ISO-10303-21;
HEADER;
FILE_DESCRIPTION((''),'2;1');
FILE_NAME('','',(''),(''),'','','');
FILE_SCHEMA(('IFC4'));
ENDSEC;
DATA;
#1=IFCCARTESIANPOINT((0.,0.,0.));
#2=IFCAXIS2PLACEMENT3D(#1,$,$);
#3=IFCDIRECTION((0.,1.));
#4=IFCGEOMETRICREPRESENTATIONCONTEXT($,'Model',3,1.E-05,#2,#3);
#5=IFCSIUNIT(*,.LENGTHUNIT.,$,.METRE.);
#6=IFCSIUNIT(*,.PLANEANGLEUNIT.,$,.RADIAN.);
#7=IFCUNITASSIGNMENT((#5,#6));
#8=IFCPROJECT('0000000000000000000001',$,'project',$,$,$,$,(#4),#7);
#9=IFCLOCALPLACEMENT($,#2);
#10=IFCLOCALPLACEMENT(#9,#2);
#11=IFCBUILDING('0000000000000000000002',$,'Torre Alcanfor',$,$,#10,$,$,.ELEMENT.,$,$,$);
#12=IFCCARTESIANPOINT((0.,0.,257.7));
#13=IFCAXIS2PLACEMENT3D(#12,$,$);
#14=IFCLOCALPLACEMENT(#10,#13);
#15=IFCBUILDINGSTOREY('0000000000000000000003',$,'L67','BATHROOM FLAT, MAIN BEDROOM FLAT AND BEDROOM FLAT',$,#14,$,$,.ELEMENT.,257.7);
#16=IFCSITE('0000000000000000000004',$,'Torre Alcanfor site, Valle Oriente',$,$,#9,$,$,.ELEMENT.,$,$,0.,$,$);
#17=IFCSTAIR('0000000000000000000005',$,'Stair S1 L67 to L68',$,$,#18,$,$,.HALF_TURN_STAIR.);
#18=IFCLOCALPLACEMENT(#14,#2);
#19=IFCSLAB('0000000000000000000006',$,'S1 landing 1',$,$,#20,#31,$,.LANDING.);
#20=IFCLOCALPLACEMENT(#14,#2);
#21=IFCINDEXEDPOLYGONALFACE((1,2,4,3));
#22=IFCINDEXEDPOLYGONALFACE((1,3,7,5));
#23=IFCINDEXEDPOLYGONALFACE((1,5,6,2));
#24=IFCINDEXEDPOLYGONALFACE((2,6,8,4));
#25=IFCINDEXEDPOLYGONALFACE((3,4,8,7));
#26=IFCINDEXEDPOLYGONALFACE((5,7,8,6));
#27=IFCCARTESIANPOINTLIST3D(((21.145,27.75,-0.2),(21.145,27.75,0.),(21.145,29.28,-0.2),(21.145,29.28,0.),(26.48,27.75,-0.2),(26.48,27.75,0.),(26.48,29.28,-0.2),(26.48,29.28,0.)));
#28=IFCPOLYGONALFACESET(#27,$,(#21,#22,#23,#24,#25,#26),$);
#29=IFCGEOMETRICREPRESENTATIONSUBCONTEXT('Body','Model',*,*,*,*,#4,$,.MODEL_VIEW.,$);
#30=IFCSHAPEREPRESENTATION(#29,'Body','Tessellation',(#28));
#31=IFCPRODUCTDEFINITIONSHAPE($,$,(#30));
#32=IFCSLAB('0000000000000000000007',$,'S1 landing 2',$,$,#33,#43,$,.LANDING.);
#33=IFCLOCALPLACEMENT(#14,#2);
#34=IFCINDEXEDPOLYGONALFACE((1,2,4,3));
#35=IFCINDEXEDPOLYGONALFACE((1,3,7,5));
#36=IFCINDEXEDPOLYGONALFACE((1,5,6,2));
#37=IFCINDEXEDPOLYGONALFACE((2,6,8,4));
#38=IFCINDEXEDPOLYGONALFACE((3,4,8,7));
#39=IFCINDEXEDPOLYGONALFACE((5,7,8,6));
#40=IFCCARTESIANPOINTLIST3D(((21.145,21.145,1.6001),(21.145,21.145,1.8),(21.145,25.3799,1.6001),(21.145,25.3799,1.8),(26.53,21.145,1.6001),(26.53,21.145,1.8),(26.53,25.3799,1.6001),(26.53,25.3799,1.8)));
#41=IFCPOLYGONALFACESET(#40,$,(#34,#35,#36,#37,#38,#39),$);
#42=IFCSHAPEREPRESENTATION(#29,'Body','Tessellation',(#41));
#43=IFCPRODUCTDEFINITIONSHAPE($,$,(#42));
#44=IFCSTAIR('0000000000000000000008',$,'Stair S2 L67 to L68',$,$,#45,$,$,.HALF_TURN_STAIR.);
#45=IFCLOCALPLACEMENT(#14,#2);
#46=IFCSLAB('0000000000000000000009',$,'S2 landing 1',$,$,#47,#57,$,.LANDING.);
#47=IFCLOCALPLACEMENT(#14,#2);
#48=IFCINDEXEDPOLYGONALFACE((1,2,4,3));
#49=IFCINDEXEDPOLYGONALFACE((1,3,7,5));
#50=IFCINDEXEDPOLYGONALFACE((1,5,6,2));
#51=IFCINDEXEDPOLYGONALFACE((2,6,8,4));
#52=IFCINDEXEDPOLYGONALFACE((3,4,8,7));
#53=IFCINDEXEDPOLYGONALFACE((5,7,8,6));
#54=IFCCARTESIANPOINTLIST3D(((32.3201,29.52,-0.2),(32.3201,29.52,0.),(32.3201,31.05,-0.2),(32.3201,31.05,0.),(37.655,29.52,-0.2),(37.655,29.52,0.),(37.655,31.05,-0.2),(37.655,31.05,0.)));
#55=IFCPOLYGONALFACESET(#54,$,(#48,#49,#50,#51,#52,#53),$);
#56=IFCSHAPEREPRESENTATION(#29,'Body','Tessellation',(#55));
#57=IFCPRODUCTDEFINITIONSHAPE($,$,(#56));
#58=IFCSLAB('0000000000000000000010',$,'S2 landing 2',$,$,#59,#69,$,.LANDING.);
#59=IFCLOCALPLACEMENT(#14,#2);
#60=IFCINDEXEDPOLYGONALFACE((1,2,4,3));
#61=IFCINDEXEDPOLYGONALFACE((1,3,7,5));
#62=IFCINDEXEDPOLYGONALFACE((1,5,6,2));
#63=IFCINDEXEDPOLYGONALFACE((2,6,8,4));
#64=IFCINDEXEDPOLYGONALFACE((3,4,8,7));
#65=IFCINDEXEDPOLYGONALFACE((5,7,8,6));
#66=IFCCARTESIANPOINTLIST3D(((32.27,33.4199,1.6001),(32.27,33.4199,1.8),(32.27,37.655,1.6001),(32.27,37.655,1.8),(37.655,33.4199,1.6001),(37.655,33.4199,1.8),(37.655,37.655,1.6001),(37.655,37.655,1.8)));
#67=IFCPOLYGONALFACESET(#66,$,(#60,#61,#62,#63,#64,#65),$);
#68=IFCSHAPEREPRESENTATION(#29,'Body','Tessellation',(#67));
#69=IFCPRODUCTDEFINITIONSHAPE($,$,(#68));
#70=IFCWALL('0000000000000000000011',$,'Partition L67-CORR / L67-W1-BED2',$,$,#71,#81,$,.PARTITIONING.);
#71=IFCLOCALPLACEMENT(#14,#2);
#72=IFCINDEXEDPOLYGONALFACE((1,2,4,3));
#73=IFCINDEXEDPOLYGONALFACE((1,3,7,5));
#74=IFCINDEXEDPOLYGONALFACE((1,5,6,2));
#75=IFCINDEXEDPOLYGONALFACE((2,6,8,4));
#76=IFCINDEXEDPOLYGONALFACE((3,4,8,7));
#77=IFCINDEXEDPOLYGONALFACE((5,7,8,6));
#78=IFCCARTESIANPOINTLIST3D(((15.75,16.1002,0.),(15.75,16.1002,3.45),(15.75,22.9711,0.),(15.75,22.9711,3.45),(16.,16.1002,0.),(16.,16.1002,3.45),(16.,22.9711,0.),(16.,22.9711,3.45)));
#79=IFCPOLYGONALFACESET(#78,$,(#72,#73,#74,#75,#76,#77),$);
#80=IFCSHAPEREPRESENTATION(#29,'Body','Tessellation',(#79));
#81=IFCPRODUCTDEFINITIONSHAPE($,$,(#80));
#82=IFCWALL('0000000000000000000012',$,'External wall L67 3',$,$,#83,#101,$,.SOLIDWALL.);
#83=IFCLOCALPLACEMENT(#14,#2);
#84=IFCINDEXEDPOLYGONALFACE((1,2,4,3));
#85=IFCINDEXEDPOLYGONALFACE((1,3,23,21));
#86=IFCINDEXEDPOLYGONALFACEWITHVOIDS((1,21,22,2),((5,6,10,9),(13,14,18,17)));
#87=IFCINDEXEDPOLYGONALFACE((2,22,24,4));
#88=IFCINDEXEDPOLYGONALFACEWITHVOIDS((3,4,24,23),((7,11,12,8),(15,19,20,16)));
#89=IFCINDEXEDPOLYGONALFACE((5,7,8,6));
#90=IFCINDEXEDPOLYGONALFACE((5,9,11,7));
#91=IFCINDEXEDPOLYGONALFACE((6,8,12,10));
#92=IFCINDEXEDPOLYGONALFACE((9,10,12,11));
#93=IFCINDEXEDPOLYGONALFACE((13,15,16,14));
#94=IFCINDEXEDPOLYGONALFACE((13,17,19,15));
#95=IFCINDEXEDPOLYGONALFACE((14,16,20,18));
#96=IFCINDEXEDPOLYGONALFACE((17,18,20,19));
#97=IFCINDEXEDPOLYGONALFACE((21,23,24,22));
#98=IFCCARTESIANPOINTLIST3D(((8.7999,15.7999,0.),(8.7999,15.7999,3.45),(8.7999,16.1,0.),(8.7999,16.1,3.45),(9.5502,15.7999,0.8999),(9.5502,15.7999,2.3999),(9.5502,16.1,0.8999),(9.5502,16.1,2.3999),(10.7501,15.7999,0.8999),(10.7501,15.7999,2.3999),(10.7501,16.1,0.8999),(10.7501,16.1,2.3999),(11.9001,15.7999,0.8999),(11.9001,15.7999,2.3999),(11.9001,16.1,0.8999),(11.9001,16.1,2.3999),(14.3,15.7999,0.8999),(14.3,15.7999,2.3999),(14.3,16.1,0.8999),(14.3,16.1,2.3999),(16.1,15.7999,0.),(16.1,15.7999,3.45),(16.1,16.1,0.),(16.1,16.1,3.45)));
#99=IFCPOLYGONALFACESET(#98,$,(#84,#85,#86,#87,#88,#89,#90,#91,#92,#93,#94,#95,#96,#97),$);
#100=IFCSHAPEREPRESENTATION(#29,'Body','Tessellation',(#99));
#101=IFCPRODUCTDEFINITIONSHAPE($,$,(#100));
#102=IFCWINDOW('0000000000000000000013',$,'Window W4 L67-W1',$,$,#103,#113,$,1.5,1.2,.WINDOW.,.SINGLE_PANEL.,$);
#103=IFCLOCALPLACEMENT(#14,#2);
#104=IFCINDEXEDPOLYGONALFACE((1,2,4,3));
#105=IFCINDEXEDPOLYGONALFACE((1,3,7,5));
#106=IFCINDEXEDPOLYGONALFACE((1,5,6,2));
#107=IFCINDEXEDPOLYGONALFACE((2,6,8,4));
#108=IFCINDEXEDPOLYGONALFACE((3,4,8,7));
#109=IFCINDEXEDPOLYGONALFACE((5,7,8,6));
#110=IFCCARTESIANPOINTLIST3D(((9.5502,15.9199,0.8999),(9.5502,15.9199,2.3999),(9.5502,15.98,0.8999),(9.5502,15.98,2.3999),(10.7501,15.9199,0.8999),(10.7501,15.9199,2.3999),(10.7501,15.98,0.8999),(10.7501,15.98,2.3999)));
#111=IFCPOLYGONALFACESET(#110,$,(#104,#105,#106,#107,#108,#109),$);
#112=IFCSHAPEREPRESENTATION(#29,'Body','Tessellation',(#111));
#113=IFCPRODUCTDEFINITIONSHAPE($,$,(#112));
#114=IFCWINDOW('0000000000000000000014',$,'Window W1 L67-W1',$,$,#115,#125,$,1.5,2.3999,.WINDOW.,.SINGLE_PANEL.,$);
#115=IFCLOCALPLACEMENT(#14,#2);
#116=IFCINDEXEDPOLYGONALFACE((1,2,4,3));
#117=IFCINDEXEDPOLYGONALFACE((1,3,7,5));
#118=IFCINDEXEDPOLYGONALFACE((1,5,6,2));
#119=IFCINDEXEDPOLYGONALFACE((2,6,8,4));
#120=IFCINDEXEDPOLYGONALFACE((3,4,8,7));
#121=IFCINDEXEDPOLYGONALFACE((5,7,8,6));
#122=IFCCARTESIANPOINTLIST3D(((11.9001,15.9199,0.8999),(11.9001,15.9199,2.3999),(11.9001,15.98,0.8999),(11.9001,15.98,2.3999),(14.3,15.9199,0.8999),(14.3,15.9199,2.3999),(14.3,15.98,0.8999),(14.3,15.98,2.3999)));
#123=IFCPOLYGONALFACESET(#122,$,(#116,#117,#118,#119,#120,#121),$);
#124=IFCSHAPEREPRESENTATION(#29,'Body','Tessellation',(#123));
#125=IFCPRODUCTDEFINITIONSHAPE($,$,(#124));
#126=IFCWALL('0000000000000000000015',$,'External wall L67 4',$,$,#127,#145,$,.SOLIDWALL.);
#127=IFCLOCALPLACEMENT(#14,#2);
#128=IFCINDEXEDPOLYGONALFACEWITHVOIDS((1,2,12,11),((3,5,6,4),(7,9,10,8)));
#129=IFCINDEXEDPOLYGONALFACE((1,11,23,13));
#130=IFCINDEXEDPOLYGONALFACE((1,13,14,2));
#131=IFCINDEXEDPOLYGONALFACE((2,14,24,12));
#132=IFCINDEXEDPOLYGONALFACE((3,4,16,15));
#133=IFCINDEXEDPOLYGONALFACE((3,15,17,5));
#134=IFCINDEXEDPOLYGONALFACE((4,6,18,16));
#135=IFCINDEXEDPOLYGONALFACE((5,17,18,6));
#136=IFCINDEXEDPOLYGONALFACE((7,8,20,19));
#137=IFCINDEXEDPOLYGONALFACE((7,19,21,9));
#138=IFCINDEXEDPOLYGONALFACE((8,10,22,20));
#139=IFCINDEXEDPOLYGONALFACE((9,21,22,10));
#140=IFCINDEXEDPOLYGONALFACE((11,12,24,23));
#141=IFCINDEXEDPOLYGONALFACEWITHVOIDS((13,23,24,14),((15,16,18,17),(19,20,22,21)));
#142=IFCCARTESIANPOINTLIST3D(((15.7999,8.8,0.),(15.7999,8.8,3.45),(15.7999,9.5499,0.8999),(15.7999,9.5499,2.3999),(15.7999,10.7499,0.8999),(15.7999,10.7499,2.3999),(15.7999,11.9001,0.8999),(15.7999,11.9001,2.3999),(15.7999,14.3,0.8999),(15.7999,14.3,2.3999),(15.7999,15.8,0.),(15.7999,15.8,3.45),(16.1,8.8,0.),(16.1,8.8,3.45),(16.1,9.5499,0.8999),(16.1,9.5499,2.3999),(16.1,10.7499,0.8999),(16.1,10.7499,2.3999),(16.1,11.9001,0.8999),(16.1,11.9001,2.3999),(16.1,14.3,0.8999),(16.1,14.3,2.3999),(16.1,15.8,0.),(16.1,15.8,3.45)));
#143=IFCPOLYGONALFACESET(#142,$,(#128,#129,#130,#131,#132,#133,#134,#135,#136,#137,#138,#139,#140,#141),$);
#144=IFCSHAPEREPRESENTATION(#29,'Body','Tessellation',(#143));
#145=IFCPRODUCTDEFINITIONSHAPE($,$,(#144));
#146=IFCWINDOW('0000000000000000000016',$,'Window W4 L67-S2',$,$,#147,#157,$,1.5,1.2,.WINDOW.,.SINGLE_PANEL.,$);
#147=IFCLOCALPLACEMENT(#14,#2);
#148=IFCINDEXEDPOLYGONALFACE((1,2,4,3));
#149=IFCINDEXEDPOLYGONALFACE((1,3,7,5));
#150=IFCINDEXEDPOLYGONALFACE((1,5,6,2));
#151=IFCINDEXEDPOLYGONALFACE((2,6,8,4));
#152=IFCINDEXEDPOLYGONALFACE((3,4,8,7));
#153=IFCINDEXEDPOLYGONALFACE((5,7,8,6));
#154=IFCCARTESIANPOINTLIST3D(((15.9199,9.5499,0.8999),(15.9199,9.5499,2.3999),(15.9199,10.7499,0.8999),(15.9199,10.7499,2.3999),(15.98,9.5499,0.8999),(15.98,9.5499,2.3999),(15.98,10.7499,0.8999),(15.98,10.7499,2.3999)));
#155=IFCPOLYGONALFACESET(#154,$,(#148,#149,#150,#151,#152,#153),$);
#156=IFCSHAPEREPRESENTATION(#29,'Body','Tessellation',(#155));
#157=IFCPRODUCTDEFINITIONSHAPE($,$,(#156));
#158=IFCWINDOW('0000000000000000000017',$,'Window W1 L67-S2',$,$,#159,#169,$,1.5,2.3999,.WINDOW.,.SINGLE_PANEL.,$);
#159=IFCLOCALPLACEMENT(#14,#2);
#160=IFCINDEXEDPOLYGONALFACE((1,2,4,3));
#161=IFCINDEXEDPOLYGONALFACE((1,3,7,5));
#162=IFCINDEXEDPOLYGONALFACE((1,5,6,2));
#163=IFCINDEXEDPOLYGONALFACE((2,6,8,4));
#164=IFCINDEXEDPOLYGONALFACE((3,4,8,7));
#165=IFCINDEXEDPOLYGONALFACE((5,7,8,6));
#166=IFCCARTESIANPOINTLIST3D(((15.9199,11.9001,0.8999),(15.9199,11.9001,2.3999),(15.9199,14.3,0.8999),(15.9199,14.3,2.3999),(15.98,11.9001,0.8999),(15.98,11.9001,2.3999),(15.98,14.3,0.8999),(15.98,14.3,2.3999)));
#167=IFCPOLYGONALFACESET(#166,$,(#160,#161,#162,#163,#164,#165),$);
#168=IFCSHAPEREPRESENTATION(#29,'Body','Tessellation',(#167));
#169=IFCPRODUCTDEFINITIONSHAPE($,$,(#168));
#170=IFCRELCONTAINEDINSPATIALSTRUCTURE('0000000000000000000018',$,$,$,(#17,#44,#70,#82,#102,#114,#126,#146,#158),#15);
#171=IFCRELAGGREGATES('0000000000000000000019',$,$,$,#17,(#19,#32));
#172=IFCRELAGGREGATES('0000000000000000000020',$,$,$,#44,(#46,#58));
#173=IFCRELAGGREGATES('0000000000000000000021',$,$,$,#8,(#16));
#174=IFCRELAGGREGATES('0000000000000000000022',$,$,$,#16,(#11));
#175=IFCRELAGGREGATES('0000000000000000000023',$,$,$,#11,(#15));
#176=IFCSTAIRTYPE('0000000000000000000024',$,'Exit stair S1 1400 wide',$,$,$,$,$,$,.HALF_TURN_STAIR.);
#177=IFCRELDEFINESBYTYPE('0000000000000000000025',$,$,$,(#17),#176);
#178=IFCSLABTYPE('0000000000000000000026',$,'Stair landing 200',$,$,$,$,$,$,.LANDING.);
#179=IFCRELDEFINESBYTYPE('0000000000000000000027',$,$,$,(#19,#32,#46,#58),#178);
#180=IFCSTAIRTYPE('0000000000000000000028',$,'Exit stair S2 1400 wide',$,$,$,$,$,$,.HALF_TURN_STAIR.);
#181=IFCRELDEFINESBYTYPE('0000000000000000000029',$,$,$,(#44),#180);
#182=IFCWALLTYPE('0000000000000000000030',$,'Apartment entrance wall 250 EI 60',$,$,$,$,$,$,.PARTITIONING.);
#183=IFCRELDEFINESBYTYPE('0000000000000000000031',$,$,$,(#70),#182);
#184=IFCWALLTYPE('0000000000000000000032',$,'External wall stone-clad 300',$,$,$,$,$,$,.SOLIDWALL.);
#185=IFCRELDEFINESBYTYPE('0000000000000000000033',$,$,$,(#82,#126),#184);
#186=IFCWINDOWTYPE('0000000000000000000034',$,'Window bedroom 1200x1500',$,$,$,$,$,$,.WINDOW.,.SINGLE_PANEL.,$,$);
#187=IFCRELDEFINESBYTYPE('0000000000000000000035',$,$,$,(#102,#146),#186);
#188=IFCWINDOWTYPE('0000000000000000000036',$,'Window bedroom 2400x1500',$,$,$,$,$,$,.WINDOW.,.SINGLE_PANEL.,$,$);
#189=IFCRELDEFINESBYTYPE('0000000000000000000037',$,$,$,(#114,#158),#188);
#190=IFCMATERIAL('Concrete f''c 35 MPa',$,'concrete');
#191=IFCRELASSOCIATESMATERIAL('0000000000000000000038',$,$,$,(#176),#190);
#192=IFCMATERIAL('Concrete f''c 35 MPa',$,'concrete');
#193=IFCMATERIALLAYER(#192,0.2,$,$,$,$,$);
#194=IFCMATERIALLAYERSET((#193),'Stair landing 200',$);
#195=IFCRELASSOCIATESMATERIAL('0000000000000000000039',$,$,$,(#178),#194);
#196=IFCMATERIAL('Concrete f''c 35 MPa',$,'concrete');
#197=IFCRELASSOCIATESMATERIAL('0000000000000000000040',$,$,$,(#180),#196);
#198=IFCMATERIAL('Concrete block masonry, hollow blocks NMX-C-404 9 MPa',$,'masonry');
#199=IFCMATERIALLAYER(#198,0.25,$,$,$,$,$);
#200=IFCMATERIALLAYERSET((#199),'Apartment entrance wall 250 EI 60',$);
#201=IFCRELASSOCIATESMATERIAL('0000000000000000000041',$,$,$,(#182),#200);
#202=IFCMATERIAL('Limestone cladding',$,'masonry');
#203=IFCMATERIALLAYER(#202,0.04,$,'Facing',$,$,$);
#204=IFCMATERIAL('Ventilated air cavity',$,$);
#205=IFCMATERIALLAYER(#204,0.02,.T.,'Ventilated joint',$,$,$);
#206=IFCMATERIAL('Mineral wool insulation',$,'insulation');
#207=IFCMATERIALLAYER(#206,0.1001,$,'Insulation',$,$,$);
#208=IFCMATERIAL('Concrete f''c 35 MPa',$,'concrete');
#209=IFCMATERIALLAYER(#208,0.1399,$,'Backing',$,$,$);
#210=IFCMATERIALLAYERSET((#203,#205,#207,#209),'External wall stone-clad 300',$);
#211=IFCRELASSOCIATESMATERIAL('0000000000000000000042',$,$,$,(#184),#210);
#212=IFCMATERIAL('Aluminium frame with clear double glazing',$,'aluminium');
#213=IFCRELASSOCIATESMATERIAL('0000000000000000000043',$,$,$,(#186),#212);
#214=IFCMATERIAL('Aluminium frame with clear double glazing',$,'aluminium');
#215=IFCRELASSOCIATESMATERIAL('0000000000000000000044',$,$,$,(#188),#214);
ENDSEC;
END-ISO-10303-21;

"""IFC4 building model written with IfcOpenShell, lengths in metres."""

from ifc_helpers import new_model, si_unit, direction, frame, frame_2d, origin, place, context, subcontext, project, spatial, polyline, rectangle, outline, extrude, material, layer, layer_set, type_object, element, fill, aggregate, save


model = new_model("IFC4")

# Units and contexts
model_context = context("Model", 3, precision=1e-05, world=origin(), true_north=direction((0.0, 1.0)))
body_context = subcontext(model_context, "Body", "Model", "MODEL_VIEW")
ifc_project = project(units=[si_unit("LENGTHUNIT", "METRE"), si_unit("PLANEANGLEUNIT", "RADIAN")], contexts=[model_context])

# Site, building, storey
site_placement = place(None, origin())
site = spatial("IfcSite", under=ifc_project, at=site_placement, Name="Torre Alcanfor site, Valle Oriente", CompositionType="ELEMENT", RefElevation=0.0)
building_placement = place(site_placement, origin())
building = spatial("IfcBuilding", under=site, at=building_placement, Name="Torre Alcanfor", CompositionType="ELEMENT")
storey_placement = place(building_placement, frame((0.0, 0.0, 257.7)))
storey = spatial("IfcBuildingStorey", under=building, at=storey_placement, Name="L67", Description="BATHROOM FLAT, MAIN BEDROOM FLAT AND BEDROOM FLAT", CompositionType="ELEMENT", Elevation=257.7)

# Stairs, slabs
ifc_material_1 = material(Name="Concrete f'c 35 MPa", Category="concrete")
stair_type_1 = type_object("IfcStairType", Name="Exit stair S1 1400 wide", PredefinedType="HALF_TURN_STAIR", material=ifc_material_1)
stair_1_placement = place(storey_placement, origin())
stair_1 = element("IfcStair", 1, at=stair_1_placement, inside=storey, type_object=stair_type_1, Name="Stair S1 L67 to L68", PredefinedType="HALF_TURN_STAIR")
ifc_material_2 = material(Name="Concrete f'c 35 MPa", Category="concrete")
ifc_layer_1 = layer(ifc_material_2, 0.2)
ifc_layer_set_1 = layer_set([ifc_layer_1], Name="Stair landing 200")
slab_type_1 = type_object("IfcSlabType", Name="Stair landing 200", PredefinedType="LANDING", material=ifc_layer_set_1)
slab_1_placement = place(storey_placement, frame((0.0, 0.0, -0.2)))
slab_1 = element("IfcSlab", 2, at=slab_1_placement, type_object=slab_type_1, Name="S1 landing 1", PredefinedType="LANDING", context=body_context, shape_type="SweptSolid", body=[
    extrude(outline(polyline([(21.145, 27.75), (26.48, 27.75), (26.48, 29.28), (21.145, 29.28), (21.145, 27.75)])), origin(), (0.0, 0.0, 1.0), 0.2),
])
slab_2_placement = place(storey_placement, frame((0.0, 0.0, 1.6001)))
slab_2 = element("IfcSlab", 3, at=slab_2_placement, type_object=slab_type_1, Name="S1 landing 2", PredefinedType="LANDING", context=body_context, shape_type="SweptSolid", body=[
    extrude(outline(polyline([(21.145, 21.145), (26.53, 21.145), (26.53, 25.3799), (21.145, 25.3799), (21.145, 21.145)])), origin(), (0.0, 0.0, 1.0), 0.2),
])
aggregate(stair_1, [slab_1, slab_2])
ifc_material_3 = material(Name="Concrete f'c 35 MPa", Category="concrete")
stair_type_2 = type_object("IfcStairType", Name="Exit stair S2 1400 wide", PredefinedType="HALF_TURN_STAIR", material=ifc_material_3)
stair_2_placement = place(storey_placement, origin())
stair_2 = element("IfcStair", 4, at=stair_2_placement, inside=storey, type_object=stair_type_2, Name="Stair S2 L67 to L68", PredefinedType="HALF_TURN_STAIR")
slab_3_placement = place(storey_placement, frame((0.0, 0.0, -0.2)))
slab_3 = element("IfcSlab", 5, at=slab_3_placement, type_object=slab_type_1, Name="S2 landing 1", PredefinedType="LANDING", context=body_context, shape_type="SweptSolid", body=[
    extrude(outline(polyline([(32.3201, 29.52), (37.655, 29.52), (37.655, 31.05), (32.3201, 31.05), (32.3201, 29.52)])), origin(), (0.0, 0.0, 1.0), 0.2),
])
slab_4_placement = place(storey_placement, frame((0.0, 0.0, 1.6001)))
slab_4 = element("IfcSlab", 6, at=slab_4_placement, type_object=slab_type_1, Name="S2 landing 2", PredefinedType="LANDING", context=body_context, shape_type="SweptSolid", body=[
    extrude(outline(polyline([(32.27, 33.4199), (37.655, 33.4199), (37.655, 37.655), (32.27, 37.655), (32.27, 33.4199)])), origin(), (0.0, 0.0, 1.0), 0.2),
])
aggregate(stair_2, [slab_3, slab_4])

# Wall
ifc_material_4 = material(Name="Concrete block masonry, hollow blocks NMX-C-404 9 MPa", Category="masonry")
ifc_layer_2 = layer(ifc_material_4, 0.25)
ifc_layer_set_2 = layer_set([ifc_layer_2], Name="Apartment entrance wall 250 EI 60")
wall_type_1 = type_object("IfcWallType", Name="Apartment entrance wall 250 EI 60", PredefinedType="PARTITIONING", material=ifc_layer_set_2)
wall_1_placement = place(storey_placement, frame((15.875, 16.1001, 0.0), z_axis=(0.0, 0.0, 1.0), x_axis=(0.0, 1.0, 0.0)))
element("IfcWall", 7, at=wall_1_placement, inside=storey, type_object=wall_type_1, Name="Partition L67-CORR / L67-W1-BED2", PredefinedType="PARTITIONING", context=body_context, shape_type="SweptSolid", body=[
    extrude(rectangle(XDim=6.8708, YDim=0.25, at=frame_2d((3.4355, 0.0))), origin(), (0.0, 0.0, 1.0), 3.45),
])

# Walls, openings, windows
ifc_material_5 = material(Name="Limestone cladding", Category="masonry")
ifc_layer_3 = layer(ifc_material_5, 0.04, Name="Facing")
ifc_material_6 = material(Name="Ventilated air cavity")
ifc_layer_4 = layer(ifc_material_6, 0.02, ventilated=True, Name="Ventilated joint")
ifc_material_7 = material(Name="Mineral wool insulation", Category="insulation")
ifc_layer_5 = layer(ifc_material_7, 0.1001, Name="Insulation")
ifc_material_8 = material(Name="Concrete f'c 35 MPa", Category="concrete")
ifc_layer_6 = layer(ifc_material_8, 0.1399, Name="Backing")
ifc_layer_set_3 = layer_set([ifc_layer_3, ifc_layer_4, ifc_layer_5, ifc_layer_6], Name="External wall stone-clad 300")
wall_type_2 = type_object("IfcWallType", Name="External wall stone-clad 300", PredefinedType="SOLIDWALL", material=ifc_layer_set_3)
wall_2_placement = place(storey_placement, frame((8.8, 15.95, 0.0), z_axis=(0.0, 0.0, 1.0), x_axis=(1.0, 0.0, 0.0)))
wall_2 = element("IfcWall", 8, at=wall_2_placement, inside=storey, type_object=wall_type_2, Name="External wall L67 3", PredefinedType="SOLIDWALL", context=body_context, shape_type="SweptSolid", body=[
    extrude(rectangle(XDim=7.3, YDim=0.3, at=frame_2d((3.6499, 0.0))), origin(), (0.0, 0.0, 1.0), 3.45),
])
opening_1_placement = place(wall_2_placement, frame((3.1001, 0.0, 0.8999)))
opening_1 = element("IfcOpeningElement", 9, at=opening_1_placement, cuts=wall_2, PredefinedType="OPENING", context=body_context, shape_type="SweptSolid", body=[
    extrude(rectangle(XDim=2.3999, YDim=1.5, at=frame_2d((1.2, 0.75))), frame((0.0, 0.1599, 0.0), z_axis=(0.0, -1.0, 0.0), x_axis=(1.0, 0.0, 0.0)), (0.0, 0.0, 1.0), 0.3201),
])
opening_2_placement = place(wall_2_placement, frame((0.75, 0.0, 0.8999)))
opening_2 = element("IfcOpeningElement", 10, at=opening_2_placement, cuts=wall_2, PredefinedType="OPENING", context=body_context, shape_type="SweptSolid", body=[
    extrude(rectangle(XDim=1.2, YDim=1.5, at=frame_2d((0.6001, 0.75))), frame((0.0, 0.1599, 0.0), z_axis=(0.0, -1.0, 0.0), x_axis=(1.0, 0.0, 0.0)), (0.0, 0.0, 1.0), 0.3201),
])
ifc_material_9 = material(Name="Aluminium frame with clear double glazing", Category="aluminium")
window_type_1 = type_object("IfcWindowType", Name="Window bedroom 1200x1500", PartitioningType="SINGLE_PANEL", PredefinedType="WINDOW", material=ifc_material_9)
window_1_placement = place(opening_2_placement, origin())
window_1 = element("IfcWindow", 11, at=window_1_placement, inside=storey, type_object=window_type_1, Name="Window W4 L67-W1", OverallHeight=1.5, OverallWidth=1.2, PartitioningType="SINGLE_PANEL", PredefinedType="WINDOW", context=body_context, shape_type="SweptSolid", body=[
    extrude(rectangle(XDim=1.2, YDim=1.5, at=frame_2d((0.6001, 0.75))), frame((0.0, 0.03, 0.0), z_axis=(0.0, -1.0, 0.0), x_axis=(1.0, 0.0, 0.0)), (0.0, 0.0, 1.0), 0.0601),
])
fill(opening_2, window_1)
ifc_material_10 = material(Name="Aluminium frame with clear double glazing", Category="aluminium")
window_type_2 = type_object("IfcWindowType", Name="Window bedroom 2400x1500", PartitioningType="SINGLE_PANEL", PredefinedType="WINDOW", material=ifc_material_10)
window_2_placement = place(opening_1_placement, origin())
window_2 = element("IfcWindow", 12, at=window_2_placement, inside=storey, type_object=window_type_2, Name="Window W1 L67-W1", OverallHeight=1.5, OverallWidth=2.3999, PartitioningType="SINGLE_PANEL", PredefinedType="WINDOW", context=body_context, shape_type="SweptSolid", body=[
    extrude(rectangle(XDim=2.3999, YDim=1.5, at=frame_2d((1.2, 0.75))), frame((0.0, 0.03, 0.0), z_axis=(0.0, -1.0, 0.0), x_axis=(1.0, 0.0, 0.0)), (0.0, 0.0, 1.0), 0.0601),
])
fill(opening_1, window_2)
wall_3_placement = place(storey_placement, frame((15.95, 15.8, 0.0), z_axis=(0.0, 0.0, 1.0), x_axis=(0.0, -1.0, 0.0)))
wall_3 = element("IfcWall", 13, at=wall_3_placement, inside=storey, type_object=wall_type_2, Name="External wall L67 4", PredefinedType="SOLIDWALL", context=body_context, shape_type="SweptSolid", body=[
    extrude(rectangle(XDim=7.0, YDim=0.3, at=frame_2d((3.5, 0.0))), origin(), (0.0, 0.0, 1.0), 3.45),
])
opening_3_placement = place(wall_3_placement, frame((1.5, 0.0, 0.8999)))
opening_3 = element("IfcOpeningElement", 14, at=opening_3_placement, cuts=wall_3, PredefinedType="OPENING", context=body_context, shape_type="SweptSolid", body=[
    extrude(rectangle(XDim=2.3999, YDim=1.5, at=frame_2d((1.2, 0.75))), frame((0.0, 0.1599, 0.0), z_axis=(0.0, -1.0, 0.0), x_axis=(1.0, 0.0, 0.0)), (0.0, 0.0, 1.0), 0.3201),
])
opening_4_placement = place(wall_3_placement, frame((5.05, 0.0, 0.8999)))
opening_4 = element("IfcOpeningElement", 15, at=opening_4_placement, cuts=wall_3, PredefinedType="OPENING", context=body_context, shape_type="SweptSolid", body=[
    extrude(rectangle(XDim=1.2, YDim=1.5, at=frame_2d((0.6001, 0.75))), frame((0.0, 0.1599, 0.0), z_axis=(0.0, -1.0, 0.0), x_axis=(1.0, 0.0, 0.0)), (0.0, 0.0, 1.0), 0.3201),
])
window_3_placement = place(opening_4_placement, origin())
window_3 = element("IfcWindow", 16, at=window_3_placement, inside=storey, type_object=window_type_1, Name="Window W4 L67-S2", OverallHeight=1.5, OverallWidth=1.2, PartitioningType="SINGLE_PANEL", PredefinedType="WINDOW", context=body_context, shape_type="SweptSolid", body=[
    extrude(rectangle(XDim=1.2, YDim=1.5, at=frame_2d((0.6001, 0.75))), frame((0.0, 0.03, 0.0), z_axis=(0.0, -1.0, 0.0), x_axis=(1.0, 0.0, 0.0)), (0.0, 0.0, 1.0), 0.0601),
])
fill(opening_4, window_3)
window_4_placement = place(opening_3_placement, origin())
window_4 = element("IfcWindow", 17, at=window_4_placement, inside=storey, type_object=window_type_2, Name="Window W1 L67-S2", OverallHeight=1.5, OverallWidth=2.3999, PartitioningType="SINGLE_PANEL", PredefinedType="WINDOW", context=body_context, shape_type="SweptSolid", body=[
    extrude(rectangle(XDim=2.3999, YDim=1.5, at=frame_2d((1.2, 0.75))), frame((0.0, 0.03, 0.0), z_axis=(0.0, -1.0, 0.0), x_axis=(1.0, 0.0, 0.0)), (0.0, 0.0, 1.0), 0.0601),
])
fill(opening_3, window_4)

save(model, "model.ifc")
